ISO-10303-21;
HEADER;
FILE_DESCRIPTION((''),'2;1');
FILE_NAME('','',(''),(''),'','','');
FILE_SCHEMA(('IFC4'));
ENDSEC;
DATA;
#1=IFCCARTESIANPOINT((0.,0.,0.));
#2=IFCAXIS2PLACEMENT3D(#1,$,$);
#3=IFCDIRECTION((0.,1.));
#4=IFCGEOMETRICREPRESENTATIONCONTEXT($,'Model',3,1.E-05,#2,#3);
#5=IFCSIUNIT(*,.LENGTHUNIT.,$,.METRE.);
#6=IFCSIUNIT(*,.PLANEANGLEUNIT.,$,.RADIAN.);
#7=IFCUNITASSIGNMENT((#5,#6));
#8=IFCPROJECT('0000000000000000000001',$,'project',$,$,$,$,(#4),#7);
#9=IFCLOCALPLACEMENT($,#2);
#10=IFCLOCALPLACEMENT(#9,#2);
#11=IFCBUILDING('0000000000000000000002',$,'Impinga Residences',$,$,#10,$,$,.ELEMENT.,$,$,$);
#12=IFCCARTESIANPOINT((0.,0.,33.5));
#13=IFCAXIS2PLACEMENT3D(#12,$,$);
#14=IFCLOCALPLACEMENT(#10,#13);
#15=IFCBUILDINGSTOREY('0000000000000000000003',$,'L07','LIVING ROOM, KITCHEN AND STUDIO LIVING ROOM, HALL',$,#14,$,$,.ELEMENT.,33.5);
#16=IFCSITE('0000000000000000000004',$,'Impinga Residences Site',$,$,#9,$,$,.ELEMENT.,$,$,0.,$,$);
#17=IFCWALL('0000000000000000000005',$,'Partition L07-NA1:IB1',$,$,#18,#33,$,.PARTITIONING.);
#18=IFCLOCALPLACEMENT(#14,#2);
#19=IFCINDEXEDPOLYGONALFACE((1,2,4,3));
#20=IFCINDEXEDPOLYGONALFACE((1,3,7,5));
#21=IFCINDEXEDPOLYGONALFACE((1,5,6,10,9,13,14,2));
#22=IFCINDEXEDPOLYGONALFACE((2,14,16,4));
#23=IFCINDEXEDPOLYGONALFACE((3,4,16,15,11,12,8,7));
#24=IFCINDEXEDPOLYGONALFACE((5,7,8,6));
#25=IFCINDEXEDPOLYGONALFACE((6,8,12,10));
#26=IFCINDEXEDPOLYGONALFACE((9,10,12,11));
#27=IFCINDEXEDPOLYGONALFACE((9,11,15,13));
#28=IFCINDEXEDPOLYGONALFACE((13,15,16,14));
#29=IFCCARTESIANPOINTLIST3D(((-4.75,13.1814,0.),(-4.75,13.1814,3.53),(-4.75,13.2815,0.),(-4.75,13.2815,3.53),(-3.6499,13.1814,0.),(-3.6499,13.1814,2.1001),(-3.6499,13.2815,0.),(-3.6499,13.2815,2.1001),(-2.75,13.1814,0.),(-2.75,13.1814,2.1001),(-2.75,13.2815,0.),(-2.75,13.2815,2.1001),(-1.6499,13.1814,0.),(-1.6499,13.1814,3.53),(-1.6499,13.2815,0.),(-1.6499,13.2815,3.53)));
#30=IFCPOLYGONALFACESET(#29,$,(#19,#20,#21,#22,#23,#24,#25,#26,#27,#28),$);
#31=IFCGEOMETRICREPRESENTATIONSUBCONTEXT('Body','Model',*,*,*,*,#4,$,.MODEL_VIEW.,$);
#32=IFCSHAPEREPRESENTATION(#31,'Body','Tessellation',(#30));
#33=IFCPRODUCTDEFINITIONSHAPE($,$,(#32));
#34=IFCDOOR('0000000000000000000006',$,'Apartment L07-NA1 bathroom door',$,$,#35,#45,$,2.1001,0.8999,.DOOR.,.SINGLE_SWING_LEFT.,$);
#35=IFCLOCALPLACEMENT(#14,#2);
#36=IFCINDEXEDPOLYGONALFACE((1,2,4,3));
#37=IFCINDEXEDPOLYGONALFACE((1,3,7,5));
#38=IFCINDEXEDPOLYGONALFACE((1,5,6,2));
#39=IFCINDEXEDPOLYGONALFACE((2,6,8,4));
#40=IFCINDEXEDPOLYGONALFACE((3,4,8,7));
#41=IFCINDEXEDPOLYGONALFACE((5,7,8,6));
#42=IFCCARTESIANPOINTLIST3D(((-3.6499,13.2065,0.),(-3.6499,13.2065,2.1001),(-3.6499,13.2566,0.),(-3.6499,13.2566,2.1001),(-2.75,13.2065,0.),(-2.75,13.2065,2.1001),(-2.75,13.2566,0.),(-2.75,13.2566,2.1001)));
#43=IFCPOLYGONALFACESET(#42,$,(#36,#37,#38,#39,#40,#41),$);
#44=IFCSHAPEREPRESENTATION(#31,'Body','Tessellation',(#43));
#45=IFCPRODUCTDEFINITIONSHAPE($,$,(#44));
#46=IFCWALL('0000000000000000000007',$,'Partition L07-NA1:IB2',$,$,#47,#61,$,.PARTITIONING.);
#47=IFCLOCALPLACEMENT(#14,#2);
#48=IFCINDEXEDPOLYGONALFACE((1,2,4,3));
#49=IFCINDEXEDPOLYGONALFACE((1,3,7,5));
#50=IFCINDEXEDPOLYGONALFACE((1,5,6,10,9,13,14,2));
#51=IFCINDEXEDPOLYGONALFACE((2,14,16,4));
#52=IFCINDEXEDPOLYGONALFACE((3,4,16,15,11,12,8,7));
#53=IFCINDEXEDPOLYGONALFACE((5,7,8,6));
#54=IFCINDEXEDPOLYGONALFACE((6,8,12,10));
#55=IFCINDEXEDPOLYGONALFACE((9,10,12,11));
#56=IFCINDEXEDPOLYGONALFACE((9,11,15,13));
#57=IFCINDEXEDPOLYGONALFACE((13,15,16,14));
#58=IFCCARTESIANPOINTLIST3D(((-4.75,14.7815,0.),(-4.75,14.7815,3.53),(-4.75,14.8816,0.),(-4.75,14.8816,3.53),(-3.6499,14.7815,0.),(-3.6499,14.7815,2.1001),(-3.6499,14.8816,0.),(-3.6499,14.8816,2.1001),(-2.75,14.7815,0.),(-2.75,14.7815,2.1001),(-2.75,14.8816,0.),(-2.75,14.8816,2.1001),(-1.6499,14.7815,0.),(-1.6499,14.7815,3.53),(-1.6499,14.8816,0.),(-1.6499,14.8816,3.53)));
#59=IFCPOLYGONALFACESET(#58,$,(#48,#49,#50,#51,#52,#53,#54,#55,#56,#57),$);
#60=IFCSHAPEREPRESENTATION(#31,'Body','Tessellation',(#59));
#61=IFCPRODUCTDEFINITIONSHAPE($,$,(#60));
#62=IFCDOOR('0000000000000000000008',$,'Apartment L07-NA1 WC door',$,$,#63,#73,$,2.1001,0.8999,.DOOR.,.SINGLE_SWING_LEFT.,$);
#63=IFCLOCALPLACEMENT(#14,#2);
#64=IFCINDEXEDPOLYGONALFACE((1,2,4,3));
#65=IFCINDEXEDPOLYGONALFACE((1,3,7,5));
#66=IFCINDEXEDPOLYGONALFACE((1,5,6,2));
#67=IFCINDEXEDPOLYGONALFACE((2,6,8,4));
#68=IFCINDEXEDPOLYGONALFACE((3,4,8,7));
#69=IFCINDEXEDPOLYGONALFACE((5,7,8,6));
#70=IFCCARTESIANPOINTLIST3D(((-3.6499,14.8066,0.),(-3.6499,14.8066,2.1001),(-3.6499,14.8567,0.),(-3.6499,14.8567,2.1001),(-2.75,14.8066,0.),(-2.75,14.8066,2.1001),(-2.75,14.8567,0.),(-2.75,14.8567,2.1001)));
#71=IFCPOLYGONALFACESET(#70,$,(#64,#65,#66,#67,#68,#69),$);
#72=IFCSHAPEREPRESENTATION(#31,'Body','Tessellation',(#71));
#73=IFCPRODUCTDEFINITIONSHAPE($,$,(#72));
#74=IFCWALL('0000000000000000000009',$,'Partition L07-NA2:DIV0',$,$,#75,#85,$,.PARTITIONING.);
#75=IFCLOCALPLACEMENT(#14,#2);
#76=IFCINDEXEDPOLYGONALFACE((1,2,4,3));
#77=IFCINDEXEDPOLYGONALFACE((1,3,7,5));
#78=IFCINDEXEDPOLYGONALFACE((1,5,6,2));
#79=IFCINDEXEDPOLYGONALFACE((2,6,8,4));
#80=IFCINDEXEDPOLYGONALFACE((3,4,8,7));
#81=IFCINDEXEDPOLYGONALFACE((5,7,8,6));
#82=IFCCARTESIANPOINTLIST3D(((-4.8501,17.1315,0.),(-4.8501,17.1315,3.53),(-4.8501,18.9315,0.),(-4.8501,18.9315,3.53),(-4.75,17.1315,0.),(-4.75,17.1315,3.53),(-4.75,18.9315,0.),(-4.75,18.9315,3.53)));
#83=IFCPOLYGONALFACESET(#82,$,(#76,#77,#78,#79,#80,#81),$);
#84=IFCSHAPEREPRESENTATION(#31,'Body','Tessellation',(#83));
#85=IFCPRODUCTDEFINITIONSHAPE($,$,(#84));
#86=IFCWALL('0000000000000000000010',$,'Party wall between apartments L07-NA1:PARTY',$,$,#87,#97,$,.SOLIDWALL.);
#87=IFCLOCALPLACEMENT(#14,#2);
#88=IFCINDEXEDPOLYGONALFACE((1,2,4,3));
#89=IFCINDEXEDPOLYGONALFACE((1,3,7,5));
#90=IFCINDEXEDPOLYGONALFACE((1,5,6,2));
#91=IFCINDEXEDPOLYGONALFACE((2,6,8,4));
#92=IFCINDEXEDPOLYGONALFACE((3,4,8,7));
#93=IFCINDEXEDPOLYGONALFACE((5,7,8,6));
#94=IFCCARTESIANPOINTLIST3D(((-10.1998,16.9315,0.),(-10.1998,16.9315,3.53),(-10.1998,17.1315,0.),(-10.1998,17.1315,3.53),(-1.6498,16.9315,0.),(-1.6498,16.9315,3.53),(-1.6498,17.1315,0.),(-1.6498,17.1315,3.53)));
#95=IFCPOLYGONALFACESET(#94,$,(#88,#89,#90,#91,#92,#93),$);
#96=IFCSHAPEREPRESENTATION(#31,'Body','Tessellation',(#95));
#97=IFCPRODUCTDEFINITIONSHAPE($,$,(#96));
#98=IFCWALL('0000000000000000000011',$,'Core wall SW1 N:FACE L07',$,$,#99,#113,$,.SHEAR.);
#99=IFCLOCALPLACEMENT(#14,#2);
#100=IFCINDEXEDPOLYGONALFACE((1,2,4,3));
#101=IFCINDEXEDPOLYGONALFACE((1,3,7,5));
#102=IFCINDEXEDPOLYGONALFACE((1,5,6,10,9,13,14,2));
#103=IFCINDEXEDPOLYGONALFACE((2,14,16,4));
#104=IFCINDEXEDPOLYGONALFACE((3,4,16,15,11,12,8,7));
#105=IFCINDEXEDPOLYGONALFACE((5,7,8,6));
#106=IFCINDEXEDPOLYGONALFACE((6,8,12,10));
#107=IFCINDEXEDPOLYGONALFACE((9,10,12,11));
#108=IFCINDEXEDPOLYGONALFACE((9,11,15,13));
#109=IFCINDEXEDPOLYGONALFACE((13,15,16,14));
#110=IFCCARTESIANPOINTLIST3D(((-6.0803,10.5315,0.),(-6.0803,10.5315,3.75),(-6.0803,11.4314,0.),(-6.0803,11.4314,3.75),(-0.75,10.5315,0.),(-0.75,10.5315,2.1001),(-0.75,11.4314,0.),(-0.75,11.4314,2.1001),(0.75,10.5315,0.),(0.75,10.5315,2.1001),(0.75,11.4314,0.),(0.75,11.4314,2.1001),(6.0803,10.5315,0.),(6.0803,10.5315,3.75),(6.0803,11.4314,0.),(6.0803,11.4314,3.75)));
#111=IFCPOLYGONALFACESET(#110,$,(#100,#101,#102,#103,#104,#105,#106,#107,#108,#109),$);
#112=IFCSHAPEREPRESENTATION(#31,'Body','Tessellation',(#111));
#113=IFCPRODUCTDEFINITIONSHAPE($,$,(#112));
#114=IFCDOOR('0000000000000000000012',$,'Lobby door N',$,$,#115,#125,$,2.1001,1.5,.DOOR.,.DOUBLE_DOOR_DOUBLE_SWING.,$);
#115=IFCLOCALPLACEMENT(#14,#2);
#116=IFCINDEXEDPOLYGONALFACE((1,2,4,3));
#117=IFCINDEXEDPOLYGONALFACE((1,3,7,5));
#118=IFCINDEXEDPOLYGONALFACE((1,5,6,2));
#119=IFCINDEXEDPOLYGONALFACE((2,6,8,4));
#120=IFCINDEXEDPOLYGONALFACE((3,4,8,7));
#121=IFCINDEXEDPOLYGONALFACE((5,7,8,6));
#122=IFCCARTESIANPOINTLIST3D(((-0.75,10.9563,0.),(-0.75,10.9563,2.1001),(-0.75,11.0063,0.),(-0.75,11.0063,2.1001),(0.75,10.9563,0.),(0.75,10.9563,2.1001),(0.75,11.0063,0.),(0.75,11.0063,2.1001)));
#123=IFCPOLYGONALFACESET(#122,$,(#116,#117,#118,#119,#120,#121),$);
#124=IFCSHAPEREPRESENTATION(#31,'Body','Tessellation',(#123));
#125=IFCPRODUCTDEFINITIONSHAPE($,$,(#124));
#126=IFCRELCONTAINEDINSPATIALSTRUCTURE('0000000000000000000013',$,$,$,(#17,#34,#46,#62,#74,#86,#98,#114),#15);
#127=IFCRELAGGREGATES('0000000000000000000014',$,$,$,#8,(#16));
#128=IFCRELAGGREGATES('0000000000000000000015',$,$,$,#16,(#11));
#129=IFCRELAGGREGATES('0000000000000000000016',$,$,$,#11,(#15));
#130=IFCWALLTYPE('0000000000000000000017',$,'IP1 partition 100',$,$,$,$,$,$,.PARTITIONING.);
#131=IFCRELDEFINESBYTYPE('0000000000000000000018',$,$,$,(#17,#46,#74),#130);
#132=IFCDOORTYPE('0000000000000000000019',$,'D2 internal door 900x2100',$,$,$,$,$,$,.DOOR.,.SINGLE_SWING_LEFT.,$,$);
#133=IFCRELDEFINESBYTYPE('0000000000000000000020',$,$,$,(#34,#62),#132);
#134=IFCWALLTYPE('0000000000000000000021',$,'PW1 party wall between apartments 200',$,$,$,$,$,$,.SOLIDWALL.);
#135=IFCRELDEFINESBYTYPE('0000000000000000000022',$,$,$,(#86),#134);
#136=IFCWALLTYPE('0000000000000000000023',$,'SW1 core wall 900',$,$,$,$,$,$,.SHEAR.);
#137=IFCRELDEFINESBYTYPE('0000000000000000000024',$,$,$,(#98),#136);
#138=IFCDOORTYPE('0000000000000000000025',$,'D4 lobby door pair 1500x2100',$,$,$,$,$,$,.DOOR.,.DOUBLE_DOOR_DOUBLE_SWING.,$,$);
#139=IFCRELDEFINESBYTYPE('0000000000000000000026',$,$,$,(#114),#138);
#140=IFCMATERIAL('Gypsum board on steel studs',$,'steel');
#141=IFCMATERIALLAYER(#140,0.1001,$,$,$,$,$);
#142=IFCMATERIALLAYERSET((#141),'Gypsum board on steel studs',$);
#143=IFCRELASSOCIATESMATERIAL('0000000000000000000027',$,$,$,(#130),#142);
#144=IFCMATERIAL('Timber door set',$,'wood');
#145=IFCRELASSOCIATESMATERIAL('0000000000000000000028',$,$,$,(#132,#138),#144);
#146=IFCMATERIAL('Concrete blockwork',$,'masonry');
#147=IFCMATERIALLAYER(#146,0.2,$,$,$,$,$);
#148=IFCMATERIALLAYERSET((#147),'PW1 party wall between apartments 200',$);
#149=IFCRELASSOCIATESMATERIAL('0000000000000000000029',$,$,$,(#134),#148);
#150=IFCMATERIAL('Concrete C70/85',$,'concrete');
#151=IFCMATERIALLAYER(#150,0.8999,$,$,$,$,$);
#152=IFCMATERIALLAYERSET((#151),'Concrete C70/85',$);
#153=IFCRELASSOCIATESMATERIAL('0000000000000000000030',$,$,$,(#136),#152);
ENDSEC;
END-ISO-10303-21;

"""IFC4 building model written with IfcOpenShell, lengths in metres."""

from ifc_helpers import new_model, si_unit, direction, frame, frame_2d, origin, place, context, subcontext, project, spatial, rectangle, extrude, material, layer, layer_set, type_object, element, fill, save


model = new_model("IFC4")

# Units and contexts
model_context = context("Model", 3, precision=1e-05, world=origin(), true_north=direction((0.0, 1.0)))
body_context = subcontext(model_context, "Body", "Model", "MODEL_VIEW")
ifc_project = project(units=[si_unit("LENGTHUNIT", "METRE"), si_unit("PLANEANGLEUNIT", "RADIAN")], contexts=[model_context])

# Site, building, storey
site_placement = place(None, origin())
site = spatial("IfcSite", under=ifc_project, at=site_placement, Name="Impinga Residences Site", CompositionType="ELEMENT", RefElevation=0.0)
building_placement = place(site_placement, origin())
building = spatial("IfcBuilding", under=site, at=building_placement, Name="Impinga Residences", CompositionType="ELEMENT")
storey_placement = place(building_placement, frame((0.0, 0.0, 33.5)))
storey = spatial("IfcBuildingStorey", under=building, at=storey_placement, Name="L07", Description="LIVING ROOM, KITCHEN AND STUDIO LIVING ROOM, HALL", CompositionType="ELEMENT", Elevation=33.5)

# Shared definitions
ifc_material_1 = material(Name="Concrete C70/85", Category="concrete")
ifc_material_2 = material(Name="Timber door set", Category="wood")

# Shared definitions
ifc_material_3 = material(Name="Gypsum board on steel studs", Category="steel")
ifc_layer_1 = layer(ifc_material_3, 0.1001)
ifc_layer_set_1 = layer_set([ifc_layer_1], Name="Gypsum board on steel studs")
wall_type_1 = type_object("IfcWallType", Name="IP1 partition 100", PredefinedType="PARTITIONING", material=ifc_layer_set_1)

# Walls, openings, doors
wall_1_placement = place(storey_placement, frame((-1.6499, 13.2314, 0.0), z_axis=(0.0, 0.0, 1.0), x_axis=(-1.0, 0.0, 0.0)))
wall_1 = element("IfcWall", 1, at=wall_1_placement, inside=storey, type_object=wall_type_1, Name="Partition L07-NA1:IB1", PredefinedType="PARTITIONING", context=body_context, shape_type="SweptSolid", body=[
    extrude(rectangle(XDim=3.1001, YDim=0.1001, at=frame_2d((1.55, 0.0))), origin(), (0.0, 0.0, 1.0), 3.53),
])
opening_1_placement = place(wall_1_placement, frame((1.1001, 0.0, 0.0)))
opening_1 = element("IfcOpeningElement", 2, at=opening_1_placement, cuts=wall_1, PredefinedType="OPENING", context=body_context, shape_type="SweptSolid", body=[
    extrude(rectangle(XDim=0.8999, YDim=2.1001, at=frame_2d((0.45, 1.05))), frame((0.0, 0.0601, 0.0), z_axis=(0.0, -1.0, 0.0), x_axis=(1.0, 0.0, 0.0)), (0.0, 0.0, 1.0), 0.1201),
])
door_type_1 = type_object("IfcDoorType", Name="D2 internal door 900x2100", OperationType="SINGLE_SWING_LEFT", PredefinedType="DOOR", material=ifc_material_2)
door_1_placement = place(opening_1_placement, origin())
door_1 = element("IfcDoor", 3, at=door_1_placement, inside=storey, type_object=door_type_1, Name="Apartment L07-NA1 bathroom door", OperationType="SINGLE_SWING_LEFT", OverallHeight=2.1001, OverallWidth=0.8999, PredefinedType="DOOR", context=body_context, shape_type="SweptSolid", body=[
    extrude(rectangle(XDim=0.8999, YDim=2.1001, at=frame_2d((0.45, 1.05))), frame((0.0, 0.0249, 0.0), z_axis=(0.0, -1.0, 0.0), x_axis=(1.0, 0.0, 0.0)), (0.0, 0.0, 1.0), 0.05),
])
fill(opening_1, door_1)
wall_2_placement = place(storey_placement, frame((-1.6499, 14.8315, 0.0), z_axis=(0.0, 0.0, 1.0), x_axis=(-1.0, 0.0, 0.0)))
wall_2 = element("IfcWall", 4, at=wall_2_placement, inside=storey, type_object=wall_type_1, Name="Partition L07-NA1:IB2", PredefinedType="PARTITIONING", context=body_context, shape_type="SweptSolid", body=[
    extrude(rectangle(XDim=3.1001, YDim=0.1001, at=frame_2d((1.55, 0.0))), origin(), (0.0, 0.0, 1.0), 3.53),
])
opening_2_placement = place(wall_2_placement, frame((1.1001, 0.0, 0.0)))
opening_2 = element("IfcOpeningElement", 5, at=opening_2_placement, cuts=wall_2, PredefinedType="OPENING", context=body_context, shape_type="SweptSolid", body=[
    extrude(rectangle(XDim=0.8999, YDim=2.1001, at=frame_2d((0.45, 1.05))), frame((0.0, 0.0601, 0.0), z_axis=(0.0, -1.0, 0.0), x_axis=(1.0, 0.0, 0.0)), (0.0, 0.0, 1.0), 0.1201),
])
door_2_placement = place(opening_2_placement, origin())
door_2 = element("IfcDoor", 6, at=door_2_placement, inside=storey, type_object=door_type_1, Name="Apartment L07-NA1 WC door", OperationType="SINGLE_SWING_LEFT", OverallHeight=2.1001, OverallWidth=0.8999, PredefinedType="DOOR", context=body_context, shape_type="SweptSolid", body=[
    extrude(rectangle(XDim=0.8999, YDim=2.1001, at=frame_2d((0.45, 1.05))), frame((0.0, 0.0249, 0.0), z_axis=(0.0, -1.0, 0.0), x_axis=(1.0, 0.0, 0.0)), (0.0, 0.0, 1.0), 0.05),
])
fill(opening_2, door_2)

# Walls
wall_3_placement = place(storey_placement, frame((-4.8, 17.1316, 0.0), z_axis=(0.0, 0.0, 1.0), x_axis=(0.0, 1.0, 0.0)))
element("IfcWall", 7, at=wall_3_placement, inside=storey, type_object=wall_type_1, Name="Partition L07-NA2:DIV0", PredefinedType="PARTITIONING", context=body_context, shape_type="SweptSolid", body=[
    extrude(rectangle(XDim=1.8, YDim=0.1001, at=frame_2d((0.8999, 0.0))), origin(), (0.0, 0.0, 1.0), 3.53),
])
ifc_material_4 = material(Name="Concrete blockwork", Category="masonry")
ifc_layer_2 = layer(ifc_material_4, 0.2)
ifc_layer_set_2 = layer_set([ifc_layer_2], Name="PW1 party wall between apartments 200")
wall_type_2 = type_object("IfcWallType", Name="PW1 party wall between apartments 200", PredefinedType="SOLIDWALL", material=ifc_layer_set_2)
wall_4_placement = place(storey_placement, frame((-1.6499, 17.0315, 0.0), z_axis=(0.0, 0.0, 1.0), x_axis=(-1.0, 0.0, 0.0)))
element("IfcWall", 8, at=wall_4_placement, inside=storey, type_object=wall_type_2, Name="Party wall between apartments L07-NA1:PARTY", PredefinedType="SOLIDWALL", context=body_context, shape_type="SweptSolid", body=[
    extrude(rectangle(XDim=8.55, YDim=0.2, at=frame_2d((4.2749, 0.0))), origin(), (0.0, 0.0, 1.0), 3.53),
])

# Wall, opening, door
ifc_layer_3 = layer(ifc_material_1, 0.8999)
ifc_layer_set_3 = layer_set([ifc_layer_3], Name="Concrete C70/85")
wall_type_3 = type_object("IfcWallType", Name="SW1 core wall 900", PredefinedType="SHEAR", material=ifc_layer_set_3)
wall_5_placement = place(storey_placement, frame((-6.0803, 10.9814, 0.0), z_axis=(0.0, 0.0, 1.0), x_axis=(1.0, 0.0, 0.0)))
wall_5 = element("IfcWall", 9, at=wall_5_placement, inside=storey, type_object=wall_type_3, Name="Core wall SW1 N:FACE L07", PredefinedType="SHEAR", context=body_context, shape_type="SweptSolid", body=[
    extrude(rectangle(XDim=12.1606, YDim=0.8999, at=frame_2d((6.0803, 0.0))), origin(), (0.0, 0.0, 1.0), 3.75),
])
opening_3_placement = place(wall_5_placement, frame((5.3303, 0.0, 0.0)))
opening_3 = element("IfcOpeningElement", 10, at=opening_3_placement, cuts=wall_5, PredefinedType="OPENING", context=body_context, shape_type="SweptSolid", body=[
    extrude(rectangle(XDim=1.5, YDim=2.1001, at=frame_2d((0.75, 1.05))), frame((0.0, 0.46, 0.0), z_axis=(0.0, -1.0, 0.0), x_axis=(1.0, 0.0, 0.0)), (0.0, 0.0, 1.0), 0.9199),
])
door_type_2 = type_object("IfcDoorType", Name="D4 lobby door pair 1500x2100", OperationType="DOUBLE_DOOR_DOUBLE_SWING", PredefinedType="DOOR", material=ifc_material_2)
door_3_placement = place(opening_3_placement, origin())
door_3 = element("IfcDoor", 11, at=door_3_placement, inside=storey, type_object=door_type_2, Name="Lobby door N", OperationType="DOUBLE_DOOR_DOUBLE_SWING", OverallHeight=2.1001, OverallWidth=1.5, PredefinedType="DOOR", context=body_context, shape_type="SweptSolid", body=[
    extrude(rectangle(XDim=1.5, YDim=2.1001, at=frame_2d((0.75, 1.05))), frame((0.0, 0.0249, 0.0), z_axis=(0.0, -1.0, 0.0), x_axis=(1.0, 0.0, 0.0)), (0.0, 0.0, 1.0), 0.05),
])
fill(opening_3, door_3)

save(model, "model.ifc")
